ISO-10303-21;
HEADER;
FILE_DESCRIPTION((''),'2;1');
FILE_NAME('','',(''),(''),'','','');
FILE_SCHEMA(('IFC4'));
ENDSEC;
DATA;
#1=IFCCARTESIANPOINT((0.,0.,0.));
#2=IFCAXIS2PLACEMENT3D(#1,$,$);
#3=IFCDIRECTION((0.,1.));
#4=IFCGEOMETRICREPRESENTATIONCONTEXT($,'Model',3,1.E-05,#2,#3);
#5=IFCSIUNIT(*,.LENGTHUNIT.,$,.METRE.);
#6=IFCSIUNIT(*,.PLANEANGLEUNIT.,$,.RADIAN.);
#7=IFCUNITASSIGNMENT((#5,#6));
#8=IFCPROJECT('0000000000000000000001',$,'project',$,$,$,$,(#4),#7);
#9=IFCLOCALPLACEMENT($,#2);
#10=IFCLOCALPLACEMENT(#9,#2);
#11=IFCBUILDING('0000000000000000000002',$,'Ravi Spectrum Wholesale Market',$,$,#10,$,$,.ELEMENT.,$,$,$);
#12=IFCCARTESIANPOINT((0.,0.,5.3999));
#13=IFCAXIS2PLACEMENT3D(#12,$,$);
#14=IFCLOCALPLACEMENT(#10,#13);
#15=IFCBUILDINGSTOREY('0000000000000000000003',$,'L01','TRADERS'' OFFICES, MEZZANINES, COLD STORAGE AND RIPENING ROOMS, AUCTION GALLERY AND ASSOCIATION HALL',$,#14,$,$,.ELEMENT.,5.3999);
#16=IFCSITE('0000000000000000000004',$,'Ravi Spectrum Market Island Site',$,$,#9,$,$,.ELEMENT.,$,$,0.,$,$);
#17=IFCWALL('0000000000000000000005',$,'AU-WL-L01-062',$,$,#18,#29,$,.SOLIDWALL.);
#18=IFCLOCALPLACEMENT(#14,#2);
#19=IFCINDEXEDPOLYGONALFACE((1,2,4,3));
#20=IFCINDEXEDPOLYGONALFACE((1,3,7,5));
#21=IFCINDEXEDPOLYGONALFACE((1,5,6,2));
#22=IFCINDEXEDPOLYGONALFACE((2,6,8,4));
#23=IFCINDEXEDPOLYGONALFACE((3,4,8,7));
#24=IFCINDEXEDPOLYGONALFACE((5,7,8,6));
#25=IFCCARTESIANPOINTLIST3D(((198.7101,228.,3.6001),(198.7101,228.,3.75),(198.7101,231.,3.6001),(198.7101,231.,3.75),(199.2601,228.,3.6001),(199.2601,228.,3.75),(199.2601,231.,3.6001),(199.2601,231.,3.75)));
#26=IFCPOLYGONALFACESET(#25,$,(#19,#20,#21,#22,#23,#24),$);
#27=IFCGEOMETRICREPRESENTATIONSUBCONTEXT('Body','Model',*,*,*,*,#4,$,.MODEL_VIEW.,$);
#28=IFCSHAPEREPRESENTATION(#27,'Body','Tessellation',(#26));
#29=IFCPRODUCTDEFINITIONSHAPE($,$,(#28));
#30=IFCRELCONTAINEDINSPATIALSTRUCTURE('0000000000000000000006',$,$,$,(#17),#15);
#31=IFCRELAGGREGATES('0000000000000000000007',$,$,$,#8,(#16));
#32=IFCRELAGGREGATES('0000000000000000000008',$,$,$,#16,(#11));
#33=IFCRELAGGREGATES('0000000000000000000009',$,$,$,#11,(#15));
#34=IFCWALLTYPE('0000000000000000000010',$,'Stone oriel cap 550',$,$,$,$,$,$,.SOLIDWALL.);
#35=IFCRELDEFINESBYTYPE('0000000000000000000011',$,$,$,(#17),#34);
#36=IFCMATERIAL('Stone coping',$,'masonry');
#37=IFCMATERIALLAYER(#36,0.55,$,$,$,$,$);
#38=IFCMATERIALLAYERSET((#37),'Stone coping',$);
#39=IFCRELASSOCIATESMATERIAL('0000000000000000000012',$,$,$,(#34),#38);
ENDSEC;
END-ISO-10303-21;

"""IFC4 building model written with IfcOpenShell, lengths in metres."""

from ifc_helpers import new_model, si_unit, direction, frame, frame_2d, origin, place, context, subcontext, project, spatial, rectangle, extrude, material, layer, layer_set, type_object, element, save


model = new_model("IFC4")

# Units and contexts
model_context = context("Model", 3, precision=1e-05, world=origin(), true_north=direction((0.0, 1.0)))
body_context = subcontext(model_context, "Body", "Model", "MODEL_VIEW")
ifc_project = project(units=[si_unit("LENGTHUNIT", "METRE"), si_unit("PLANEANGLEUNIT", "RADIAN")], contexts=[model_context])

# Site, building, storey
site_placement = place(None, origin())
site = spatial("IfcSite", under=ifc_project, at=site_placement, Name="Ravi Spectrum Market Island Site", CompositionType="ELEMENT", RefElevation=0.0)
building_placement = place(site_placement, origin())
building = spatial("IfcBuilding", under=site, at=building_placement, Name="Ravi Spectrum Wholesale Market", CompositionType="ELEMENT")
storey_placement = place(building_placement, frame((0.0, 0.0, 5.3999)))
storey = spatial("IfcBuildingStorey", under=building, at=storey_placement, Name="L01", Description="TRADERS' OFFICES, MEZZANINES, COLD STORAGE AND RIPENING ROOMS, AUCTION GALLERY AND ASSOCIATION HALL", CompositionType="ELEMENT", Elevation=5.3999)

# Wall
ifc_material_1 = material(Name="Stone coping", Category="masonry")
ifc_layer_1 = layer(ifc_material_1, 0.55)
ifc_layer_set_1 = layer_set([ifc_layer_1], Name="Stone coping")
wall_type_1 = type_object("IfcWallType", Name="Stone oriel cap 550", PredefinedType="SOLIDWALL", material=ifc_layer_set_1)
for number, where, z_axis, x_axis, name in (
    (1, (198.9851, 228.0, 3.6001), (0.0, 0.0, 1.0), (0.0, 1.0, 0.0), "AU-WL-L01-062"),
):
    element("IfcWall", number, at=place(storey_placement, frame(where, z_axis=z_axis, x_axis=x_axis)), inside=storey, type_object=wall_type_1, Name=name, PredefinedType="SOLIDWALL", context=body_context, shape_type="SweptSolid", body=[
        extrude(rectangle(XDim=3.0, YDim=0.55, at=frame_2d((1.5, 0.0))), origin(), (0.0, 0.0, 1.0), 0.1499),
    ])

save(model, "model.ifc")
